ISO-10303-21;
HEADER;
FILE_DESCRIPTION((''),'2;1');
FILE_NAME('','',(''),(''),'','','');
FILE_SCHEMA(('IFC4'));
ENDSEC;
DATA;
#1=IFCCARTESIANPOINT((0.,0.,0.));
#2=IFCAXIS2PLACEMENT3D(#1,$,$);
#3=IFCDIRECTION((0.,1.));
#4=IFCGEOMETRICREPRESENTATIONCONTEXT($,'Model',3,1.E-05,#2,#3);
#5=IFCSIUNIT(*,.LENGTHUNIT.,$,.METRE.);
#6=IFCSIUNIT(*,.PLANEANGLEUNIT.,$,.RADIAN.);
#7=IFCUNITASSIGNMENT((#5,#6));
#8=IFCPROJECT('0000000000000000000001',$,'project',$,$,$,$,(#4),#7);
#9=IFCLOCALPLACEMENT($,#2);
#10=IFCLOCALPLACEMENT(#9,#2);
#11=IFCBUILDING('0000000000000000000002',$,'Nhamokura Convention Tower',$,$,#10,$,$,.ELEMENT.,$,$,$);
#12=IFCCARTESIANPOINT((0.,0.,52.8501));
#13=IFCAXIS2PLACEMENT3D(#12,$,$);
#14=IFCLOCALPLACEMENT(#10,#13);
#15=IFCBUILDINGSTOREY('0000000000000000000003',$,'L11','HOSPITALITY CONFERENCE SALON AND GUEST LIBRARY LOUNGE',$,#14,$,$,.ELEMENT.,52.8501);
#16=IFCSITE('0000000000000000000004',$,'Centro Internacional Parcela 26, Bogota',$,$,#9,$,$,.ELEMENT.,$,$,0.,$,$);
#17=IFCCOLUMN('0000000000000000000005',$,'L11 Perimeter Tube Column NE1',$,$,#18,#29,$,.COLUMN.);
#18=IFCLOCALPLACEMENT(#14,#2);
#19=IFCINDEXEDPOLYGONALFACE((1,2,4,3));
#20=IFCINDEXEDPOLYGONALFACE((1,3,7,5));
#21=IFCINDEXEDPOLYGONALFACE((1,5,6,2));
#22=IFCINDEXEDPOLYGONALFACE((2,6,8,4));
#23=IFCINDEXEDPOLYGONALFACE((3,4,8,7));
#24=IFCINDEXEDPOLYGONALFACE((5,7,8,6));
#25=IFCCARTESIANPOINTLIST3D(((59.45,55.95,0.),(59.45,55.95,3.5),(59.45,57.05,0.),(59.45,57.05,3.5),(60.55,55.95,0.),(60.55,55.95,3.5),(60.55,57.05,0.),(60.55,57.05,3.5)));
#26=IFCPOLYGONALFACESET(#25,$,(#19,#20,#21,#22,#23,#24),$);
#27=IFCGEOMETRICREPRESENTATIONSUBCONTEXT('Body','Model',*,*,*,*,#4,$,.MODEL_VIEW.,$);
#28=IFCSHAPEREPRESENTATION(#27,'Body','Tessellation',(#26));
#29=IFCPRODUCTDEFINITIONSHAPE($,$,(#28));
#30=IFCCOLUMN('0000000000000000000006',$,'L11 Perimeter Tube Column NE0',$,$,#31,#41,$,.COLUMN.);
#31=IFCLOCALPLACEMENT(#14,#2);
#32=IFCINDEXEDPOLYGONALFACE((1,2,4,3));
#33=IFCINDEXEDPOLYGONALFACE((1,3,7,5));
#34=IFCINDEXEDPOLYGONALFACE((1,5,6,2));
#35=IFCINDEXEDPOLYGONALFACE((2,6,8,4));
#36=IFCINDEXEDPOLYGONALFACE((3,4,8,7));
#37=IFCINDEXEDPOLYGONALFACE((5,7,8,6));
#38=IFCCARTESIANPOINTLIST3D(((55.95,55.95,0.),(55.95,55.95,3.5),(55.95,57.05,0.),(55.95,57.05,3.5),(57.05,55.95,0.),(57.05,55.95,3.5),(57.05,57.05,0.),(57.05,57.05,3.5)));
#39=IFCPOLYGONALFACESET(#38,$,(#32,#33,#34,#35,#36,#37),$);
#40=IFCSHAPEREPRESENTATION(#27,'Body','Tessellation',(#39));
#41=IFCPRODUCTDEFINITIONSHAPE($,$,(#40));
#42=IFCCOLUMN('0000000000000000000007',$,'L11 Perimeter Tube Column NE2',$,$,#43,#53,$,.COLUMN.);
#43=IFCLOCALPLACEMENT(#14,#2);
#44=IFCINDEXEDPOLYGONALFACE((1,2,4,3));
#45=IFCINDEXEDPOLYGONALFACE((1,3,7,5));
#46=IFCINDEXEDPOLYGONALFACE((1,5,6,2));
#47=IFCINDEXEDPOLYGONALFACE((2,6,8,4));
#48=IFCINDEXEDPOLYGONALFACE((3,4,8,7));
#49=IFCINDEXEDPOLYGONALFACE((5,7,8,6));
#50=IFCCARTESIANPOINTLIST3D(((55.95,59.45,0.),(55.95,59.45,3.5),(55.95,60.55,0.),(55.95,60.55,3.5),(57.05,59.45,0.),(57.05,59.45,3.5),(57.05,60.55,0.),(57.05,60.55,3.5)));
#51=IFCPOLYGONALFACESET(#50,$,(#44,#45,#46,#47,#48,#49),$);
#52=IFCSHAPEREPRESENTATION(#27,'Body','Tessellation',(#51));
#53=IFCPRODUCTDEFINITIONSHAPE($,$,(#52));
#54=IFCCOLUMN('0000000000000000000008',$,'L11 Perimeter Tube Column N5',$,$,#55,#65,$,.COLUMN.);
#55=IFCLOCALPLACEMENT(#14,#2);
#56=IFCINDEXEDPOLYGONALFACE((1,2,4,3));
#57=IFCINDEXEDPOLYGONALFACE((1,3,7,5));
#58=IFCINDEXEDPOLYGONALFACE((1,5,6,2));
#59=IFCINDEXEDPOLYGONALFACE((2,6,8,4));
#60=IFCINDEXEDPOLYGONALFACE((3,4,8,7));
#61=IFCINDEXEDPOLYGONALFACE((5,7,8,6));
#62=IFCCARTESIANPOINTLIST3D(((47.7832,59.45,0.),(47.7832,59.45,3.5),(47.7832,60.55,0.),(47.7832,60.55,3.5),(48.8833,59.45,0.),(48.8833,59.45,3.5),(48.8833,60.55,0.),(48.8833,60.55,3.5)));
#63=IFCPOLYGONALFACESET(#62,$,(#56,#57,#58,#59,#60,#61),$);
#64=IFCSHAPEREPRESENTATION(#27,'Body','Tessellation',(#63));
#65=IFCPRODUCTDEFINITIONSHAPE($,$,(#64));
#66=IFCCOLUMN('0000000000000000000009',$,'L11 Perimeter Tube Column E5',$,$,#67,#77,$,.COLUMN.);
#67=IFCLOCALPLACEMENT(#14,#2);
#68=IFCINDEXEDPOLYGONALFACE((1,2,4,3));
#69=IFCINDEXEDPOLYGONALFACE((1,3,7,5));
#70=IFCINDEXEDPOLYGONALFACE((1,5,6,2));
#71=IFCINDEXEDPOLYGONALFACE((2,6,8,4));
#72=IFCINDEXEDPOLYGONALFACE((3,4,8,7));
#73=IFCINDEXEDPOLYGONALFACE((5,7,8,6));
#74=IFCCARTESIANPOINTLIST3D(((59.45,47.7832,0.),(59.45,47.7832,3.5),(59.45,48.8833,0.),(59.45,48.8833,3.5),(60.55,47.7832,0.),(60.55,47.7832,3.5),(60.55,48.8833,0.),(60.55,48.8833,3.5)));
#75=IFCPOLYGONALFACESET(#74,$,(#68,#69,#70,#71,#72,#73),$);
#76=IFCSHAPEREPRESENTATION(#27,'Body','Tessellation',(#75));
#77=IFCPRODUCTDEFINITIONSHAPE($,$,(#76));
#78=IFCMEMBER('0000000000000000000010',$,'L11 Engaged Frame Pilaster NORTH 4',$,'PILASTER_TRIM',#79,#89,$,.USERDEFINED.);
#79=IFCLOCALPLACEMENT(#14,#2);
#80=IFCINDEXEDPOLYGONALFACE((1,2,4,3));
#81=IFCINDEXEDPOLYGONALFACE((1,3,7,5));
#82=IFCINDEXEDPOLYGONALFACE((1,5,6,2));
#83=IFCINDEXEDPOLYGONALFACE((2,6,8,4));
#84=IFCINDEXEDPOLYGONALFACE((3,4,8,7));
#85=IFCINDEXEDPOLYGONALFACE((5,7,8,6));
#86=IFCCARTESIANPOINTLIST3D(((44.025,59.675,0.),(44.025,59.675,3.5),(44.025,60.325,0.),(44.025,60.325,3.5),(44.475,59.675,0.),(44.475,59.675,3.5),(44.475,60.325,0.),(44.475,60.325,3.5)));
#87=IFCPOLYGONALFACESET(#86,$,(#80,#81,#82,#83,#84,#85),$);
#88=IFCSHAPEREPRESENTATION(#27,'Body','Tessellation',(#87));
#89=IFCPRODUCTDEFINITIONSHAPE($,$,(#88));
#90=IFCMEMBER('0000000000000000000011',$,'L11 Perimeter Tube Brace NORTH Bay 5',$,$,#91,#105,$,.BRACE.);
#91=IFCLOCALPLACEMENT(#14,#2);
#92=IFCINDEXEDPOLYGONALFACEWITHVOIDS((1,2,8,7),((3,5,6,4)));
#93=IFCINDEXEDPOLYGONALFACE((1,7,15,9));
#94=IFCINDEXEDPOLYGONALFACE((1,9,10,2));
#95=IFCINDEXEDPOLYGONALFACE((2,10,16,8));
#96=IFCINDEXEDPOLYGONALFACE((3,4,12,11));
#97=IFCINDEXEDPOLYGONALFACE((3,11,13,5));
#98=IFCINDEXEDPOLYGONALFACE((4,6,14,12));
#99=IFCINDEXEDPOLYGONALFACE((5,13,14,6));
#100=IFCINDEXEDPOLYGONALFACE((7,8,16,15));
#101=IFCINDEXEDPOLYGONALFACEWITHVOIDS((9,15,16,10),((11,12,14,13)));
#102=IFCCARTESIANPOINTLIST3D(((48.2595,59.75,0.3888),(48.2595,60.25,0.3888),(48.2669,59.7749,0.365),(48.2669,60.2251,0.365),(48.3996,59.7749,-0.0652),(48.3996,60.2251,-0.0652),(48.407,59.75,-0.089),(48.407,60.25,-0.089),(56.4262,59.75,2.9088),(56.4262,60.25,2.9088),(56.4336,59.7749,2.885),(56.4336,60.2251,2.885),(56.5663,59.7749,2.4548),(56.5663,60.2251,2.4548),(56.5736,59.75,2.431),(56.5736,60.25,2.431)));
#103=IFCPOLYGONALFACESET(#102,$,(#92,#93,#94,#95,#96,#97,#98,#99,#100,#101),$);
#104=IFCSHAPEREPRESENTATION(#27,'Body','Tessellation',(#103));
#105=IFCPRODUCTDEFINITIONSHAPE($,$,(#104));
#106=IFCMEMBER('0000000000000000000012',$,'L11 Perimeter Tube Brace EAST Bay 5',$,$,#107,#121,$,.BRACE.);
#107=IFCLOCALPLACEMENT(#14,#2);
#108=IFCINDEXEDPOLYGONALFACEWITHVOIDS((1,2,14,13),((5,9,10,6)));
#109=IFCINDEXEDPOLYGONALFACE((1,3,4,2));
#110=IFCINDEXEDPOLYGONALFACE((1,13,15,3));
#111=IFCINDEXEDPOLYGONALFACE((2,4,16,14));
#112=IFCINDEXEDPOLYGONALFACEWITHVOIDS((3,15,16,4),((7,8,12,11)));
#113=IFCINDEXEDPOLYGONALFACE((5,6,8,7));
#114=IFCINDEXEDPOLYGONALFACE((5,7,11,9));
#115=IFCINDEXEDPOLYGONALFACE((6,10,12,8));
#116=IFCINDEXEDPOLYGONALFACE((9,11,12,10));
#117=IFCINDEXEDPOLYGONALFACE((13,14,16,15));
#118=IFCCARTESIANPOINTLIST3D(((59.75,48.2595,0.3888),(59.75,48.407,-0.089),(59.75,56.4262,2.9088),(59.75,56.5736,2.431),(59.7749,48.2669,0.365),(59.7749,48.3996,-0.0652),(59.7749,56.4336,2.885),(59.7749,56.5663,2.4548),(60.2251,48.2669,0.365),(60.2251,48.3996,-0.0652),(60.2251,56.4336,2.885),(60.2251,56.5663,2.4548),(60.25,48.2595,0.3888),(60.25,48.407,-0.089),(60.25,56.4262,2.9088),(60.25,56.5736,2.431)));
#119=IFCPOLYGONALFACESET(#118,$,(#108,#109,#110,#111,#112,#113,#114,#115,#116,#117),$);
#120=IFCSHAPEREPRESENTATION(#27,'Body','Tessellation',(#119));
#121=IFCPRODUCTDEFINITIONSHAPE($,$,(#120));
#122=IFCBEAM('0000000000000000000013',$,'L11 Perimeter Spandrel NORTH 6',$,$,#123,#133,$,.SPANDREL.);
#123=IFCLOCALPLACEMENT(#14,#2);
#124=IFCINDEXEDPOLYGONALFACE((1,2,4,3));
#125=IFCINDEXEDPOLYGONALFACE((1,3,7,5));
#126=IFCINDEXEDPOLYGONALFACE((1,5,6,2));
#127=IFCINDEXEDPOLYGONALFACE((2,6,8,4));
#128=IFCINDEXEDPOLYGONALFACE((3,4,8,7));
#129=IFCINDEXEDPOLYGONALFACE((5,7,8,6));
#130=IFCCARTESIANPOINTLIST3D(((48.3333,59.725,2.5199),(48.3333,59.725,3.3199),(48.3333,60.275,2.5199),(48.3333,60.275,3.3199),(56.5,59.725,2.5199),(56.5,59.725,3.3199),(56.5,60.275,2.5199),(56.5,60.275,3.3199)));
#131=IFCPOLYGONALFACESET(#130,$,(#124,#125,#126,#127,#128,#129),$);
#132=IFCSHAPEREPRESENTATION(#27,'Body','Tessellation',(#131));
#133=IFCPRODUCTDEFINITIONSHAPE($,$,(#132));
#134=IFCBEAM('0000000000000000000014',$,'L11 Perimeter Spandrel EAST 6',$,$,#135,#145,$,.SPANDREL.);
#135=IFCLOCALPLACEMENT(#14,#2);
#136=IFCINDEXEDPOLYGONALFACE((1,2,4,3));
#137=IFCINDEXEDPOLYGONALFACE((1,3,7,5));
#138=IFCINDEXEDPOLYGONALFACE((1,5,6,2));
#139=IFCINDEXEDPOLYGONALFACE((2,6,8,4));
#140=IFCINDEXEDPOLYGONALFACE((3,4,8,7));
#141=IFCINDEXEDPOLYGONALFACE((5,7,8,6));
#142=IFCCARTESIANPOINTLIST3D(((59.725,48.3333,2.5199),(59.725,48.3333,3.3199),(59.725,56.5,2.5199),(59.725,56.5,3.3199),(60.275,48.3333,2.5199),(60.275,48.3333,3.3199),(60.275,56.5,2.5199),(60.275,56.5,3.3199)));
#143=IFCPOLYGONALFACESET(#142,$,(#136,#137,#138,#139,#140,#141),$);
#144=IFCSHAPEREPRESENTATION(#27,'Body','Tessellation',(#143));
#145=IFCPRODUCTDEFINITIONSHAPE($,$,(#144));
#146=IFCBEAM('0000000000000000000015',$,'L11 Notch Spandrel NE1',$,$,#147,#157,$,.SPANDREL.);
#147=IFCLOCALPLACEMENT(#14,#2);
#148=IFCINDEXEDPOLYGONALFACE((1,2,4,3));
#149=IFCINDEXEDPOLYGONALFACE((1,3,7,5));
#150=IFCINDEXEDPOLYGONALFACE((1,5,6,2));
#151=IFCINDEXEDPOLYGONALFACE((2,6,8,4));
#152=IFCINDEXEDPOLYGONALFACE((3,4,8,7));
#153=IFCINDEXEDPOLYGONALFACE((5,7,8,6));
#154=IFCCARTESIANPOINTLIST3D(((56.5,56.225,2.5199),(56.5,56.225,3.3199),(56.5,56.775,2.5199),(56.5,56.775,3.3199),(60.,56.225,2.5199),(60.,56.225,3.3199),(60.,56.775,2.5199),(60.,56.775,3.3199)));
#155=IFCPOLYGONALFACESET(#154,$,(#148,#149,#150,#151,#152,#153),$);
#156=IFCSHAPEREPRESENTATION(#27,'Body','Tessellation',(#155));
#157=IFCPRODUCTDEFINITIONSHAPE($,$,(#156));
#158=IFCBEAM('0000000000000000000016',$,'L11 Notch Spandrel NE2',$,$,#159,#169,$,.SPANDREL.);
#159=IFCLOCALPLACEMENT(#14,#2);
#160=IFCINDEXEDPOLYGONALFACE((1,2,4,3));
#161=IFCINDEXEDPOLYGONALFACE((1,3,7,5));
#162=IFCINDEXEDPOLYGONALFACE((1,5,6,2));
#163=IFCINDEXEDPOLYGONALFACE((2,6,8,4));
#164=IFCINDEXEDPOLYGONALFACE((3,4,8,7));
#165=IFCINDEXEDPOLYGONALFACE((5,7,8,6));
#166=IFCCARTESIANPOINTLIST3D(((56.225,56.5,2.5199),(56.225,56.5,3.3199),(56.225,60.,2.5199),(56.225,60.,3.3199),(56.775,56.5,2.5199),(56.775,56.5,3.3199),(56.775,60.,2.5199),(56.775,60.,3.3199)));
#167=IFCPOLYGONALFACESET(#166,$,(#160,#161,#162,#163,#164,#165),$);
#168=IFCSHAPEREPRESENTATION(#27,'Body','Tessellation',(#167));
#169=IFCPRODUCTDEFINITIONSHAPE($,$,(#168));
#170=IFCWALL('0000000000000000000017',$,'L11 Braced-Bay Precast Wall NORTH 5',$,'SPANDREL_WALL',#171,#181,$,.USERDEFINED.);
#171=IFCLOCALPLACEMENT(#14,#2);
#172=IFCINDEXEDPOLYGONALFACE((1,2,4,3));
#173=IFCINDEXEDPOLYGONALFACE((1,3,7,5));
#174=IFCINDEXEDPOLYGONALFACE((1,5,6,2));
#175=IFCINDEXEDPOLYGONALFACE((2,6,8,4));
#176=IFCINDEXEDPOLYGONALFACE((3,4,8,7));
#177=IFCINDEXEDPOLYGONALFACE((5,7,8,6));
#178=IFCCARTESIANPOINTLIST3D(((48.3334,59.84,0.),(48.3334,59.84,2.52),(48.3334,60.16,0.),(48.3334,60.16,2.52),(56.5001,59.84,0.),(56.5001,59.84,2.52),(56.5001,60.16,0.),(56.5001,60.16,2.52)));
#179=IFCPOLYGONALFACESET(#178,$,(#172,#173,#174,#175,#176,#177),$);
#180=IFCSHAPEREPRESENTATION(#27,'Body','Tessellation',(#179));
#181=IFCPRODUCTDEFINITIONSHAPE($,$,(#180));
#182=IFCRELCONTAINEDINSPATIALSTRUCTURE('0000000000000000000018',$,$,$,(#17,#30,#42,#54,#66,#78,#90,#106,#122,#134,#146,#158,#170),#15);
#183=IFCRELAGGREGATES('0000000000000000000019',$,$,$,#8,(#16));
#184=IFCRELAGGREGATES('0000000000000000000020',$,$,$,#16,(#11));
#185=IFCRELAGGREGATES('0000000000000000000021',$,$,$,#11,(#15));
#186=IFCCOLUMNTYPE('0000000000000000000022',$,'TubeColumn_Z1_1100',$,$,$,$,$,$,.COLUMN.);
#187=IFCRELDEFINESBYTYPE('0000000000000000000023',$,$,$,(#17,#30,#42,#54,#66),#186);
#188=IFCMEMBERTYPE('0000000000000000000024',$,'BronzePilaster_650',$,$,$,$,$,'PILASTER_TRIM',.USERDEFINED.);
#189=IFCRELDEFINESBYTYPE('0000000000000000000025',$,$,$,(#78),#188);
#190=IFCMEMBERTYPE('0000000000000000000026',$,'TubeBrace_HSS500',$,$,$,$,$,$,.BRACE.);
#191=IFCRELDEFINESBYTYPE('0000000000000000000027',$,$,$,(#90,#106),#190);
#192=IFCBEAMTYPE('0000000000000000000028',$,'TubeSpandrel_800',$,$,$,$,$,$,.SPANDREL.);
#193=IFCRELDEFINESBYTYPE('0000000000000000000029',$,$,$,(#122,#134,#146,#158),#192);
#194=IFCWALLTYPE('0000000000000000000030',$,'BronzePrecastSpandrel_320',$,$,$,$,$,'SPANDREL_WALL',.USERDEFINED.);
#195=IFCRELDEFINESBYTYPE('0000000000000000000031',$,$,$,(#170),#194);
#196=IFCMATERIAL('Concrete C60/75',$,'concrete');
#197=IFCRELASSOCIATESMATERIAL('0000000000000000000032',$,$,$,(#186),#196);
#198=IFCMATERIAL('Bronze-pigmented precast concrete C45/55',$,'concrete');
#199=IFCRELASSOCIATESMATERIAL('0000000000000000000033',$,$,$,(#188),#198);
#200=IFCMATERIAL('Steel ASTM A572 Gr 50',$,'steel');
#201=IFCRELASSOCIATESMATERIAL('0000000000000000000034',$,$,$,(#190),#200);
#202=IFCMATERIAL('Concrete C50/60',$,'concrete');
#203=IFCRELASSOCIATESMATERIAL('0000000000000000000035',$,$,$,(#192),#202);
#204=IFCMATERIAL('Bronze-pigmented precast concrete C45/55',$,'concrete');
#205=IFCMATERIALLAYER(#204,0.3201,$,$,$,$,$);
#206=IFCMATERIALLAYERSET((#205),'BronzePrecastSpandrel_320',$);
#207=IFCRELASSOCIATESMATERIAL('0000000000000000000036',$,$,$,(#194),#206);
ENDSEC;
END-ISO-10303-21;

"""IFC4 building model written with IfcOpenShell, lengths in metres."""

from ifc_helpers import new_model, si_unit, direction, frame, frame_2d, origin, origin_2d, place, context, subcontext, project, spatial, rectangle, hollow_rectangle, extrude, material, layer, layer_set, material_profile, profile_set, type_object, element, save


model = new_model("IFC4")

# Units and contexts
model_context = context("Model", 3, precision=1e-05, world=origin(), true_north=direction((0.0, 1.0)))
body_context = subcontext(model_context, "Body", "Model", "MODEL_VIEW")
ifc_project = project(units=[si_unit("LENGTHUNIT", "METRE"), si_unit("PLANEANGLEUNIT", "RADIAN")], contexts=[model_context])

# Site, building, storey
site_placement = place(None, origin())
site = spatial("IfcSite", under=ifc_project, at=site_placement, Name="Centro Internacional Parcela 26, Bogota", CompositionType="ELEMENT", RefElevation=0.0)
building_placement = place(site_placement, origin())
building = spatial("IfcBuilding", under=site, at=building_placement, Name="Nhamokura Convention Tower", CompositionType="ELEMENT")
storey_placement = place(building_placement, frame((0.0, 0.0, 52.8501)))
storey = spatial("IfcBuildingStorey", under=building, at=storey_placement, Name="L11", Description="HOSPITALITY CONFERENCE SALON AND GUEST LIBRARY LOUNGE", CompositionType="ELEMENT", Elevation=52.8501)

# Columns
ifc_material_1 = material(Name="Concrete C60/75", Category="concrete")
ifc_material_profile_1 = material_profile(ifc_material_1, rectangle(XDim=1.1001, YDim=1.1001, at=origin_2d()))
ifc_profile_set_1 = profile_set([ifc_material_profile_1], Name="Concrete C60/75")
column_type = type_object("IfcColumnType", Name="TubeColumn_Z1_1100", PredefinedType="COLUMN", material=ifc_profile_set_1)
for number, where, z_axis, x_axis, name in (
    (1, (60.0, 56.5, 0.0), (0.0, 0.0, 1.0), (1.0, 0.0, 0.0), "L11 Perimeter Tube Column NE1"),
    (2, (56.5, 56.5, 0.0), (0.0, 0.0, 1.0), (1.0, 0.0, 0.0), "L11 Perimeter Tube Column NE0"),
    (3, (56.5, 60.0, 0.0), (0.0, 0.0, 1.0), (1.0, 0.0, 0.0), "L11 Perimeter Tube Column NE2"),
    (4, (48.3333, 60.0, 0.0), (0.0, 0.0, 1.0), (1.0, 0.0, 0.0), "L11 Perimeter Tube Column N5"),
    (5, (60.0, 48.3333, 0.0), (0.0, 0.0, 1.0), (1.0, 0.0, 0.0), "L11 Perimeter Tube Column E5"),
):
    element("IfcColumn", number, at=place(storey_placement, frame(where, z_axis=z_axis, x_axis=x_axis)), inside=storey, type_object=column_type, Name=name, PredefinedType="COLUMN", context=body_context, shape_type="SweptSolid", body=[
        extrude(rectangle(XDim=1.1001, YDim=1.1001, at=origin_2d()), origin(), (0.0, 0.0, 1.0), 3.5),
    ])

# Members
ifc_material_2 = material(Name="Bronze-pigmented precast concrete C45/55", Category="concrete")
ifc_material_profile_2 = material_profile(ifc_material_2, rectangle(XDim=0.45, YDim=0.6499, at=origin_2d()))
ifc_profile_set_2 = profile_set([ifc_material_profile_2], Name="Bronze-pigmented precast concrete C45/55")
member_type_1 = type_object("IfcMemberType", Name="BronzePilaster_650", ElementType="PILASTER_TRIM", PredefinedType="USERDEFINED", material=ifc_profile_set_2)
member_placement = place(storey_placement, frame((44.25, 60.0, 0.0), z_axis=(0.0, 0.0, 1.0), x_axis=(1.0, 0.0, 0.0)))
element("IfcMember", 6, at=member_placement, inside=storey, type_object=member_type_1, Name="L11 Engaged Frame Pilaster NORTH 4", ObjectType="PILASTER_TRIM", PredefinedType="USERDEFINED", context=body_context, shape_type="SweptSolid", body=[
    extrude(rectangle(XDim=0.45, YDim=0.6499, at=origin_2d()), origin(), (0.0, 0.0, 1.0), 3.5),
])
ifc_material_3 = material(Name="Steel ASTM A572 Gr 50", Category="steel")
ifc_material_profile_3 = material_profile(ifc_material_3, hollow_rectangle(XDim=0.5, YDim=0.5, WallThickness=0.0249, at=origin_2d()))
ifc_profile_set_3 = profile_set([ifc_material_profile_3], Name="Steel ASTM A572 Gr 50")
member_type_2 = type_object("IfcMemberType", Name="TubeBrace_HSS500", PredefinedType="BRACE", material=ifc_profile_set_3)
for number, where, z_axis, x_axis, name in (
    (7, (48.3333, 60.0, 0.1499), (0.955543, 0.0, 0.294853), (0.0, 1.0, 0.0), "L11 Perimeter Tube Brace NORTH Bay 5"),
    (8, (60.0, 48.3333, 0.1499), (0.0, 0.955543, 0.294853), (-1.0, 0.0, 0.0), "L11 Perimeter Tube Brace EAST Bay 5"),
):
    element("IfcMember", number, at=place(storey_placement, frame(where, z_axis=z_axis, x_axis=x_axis)), inside=storey, type_object=member_type_2, Name=name, PredefinedType="BRACE", context=body_context, shape_type="SweptSolid", body=[
        extrude(hollow_rectangle(XDim=0.5, YDim=0.5, WallThickness=0.0249, at=origin_2d()), origin(), (0.0, 0.0, 1.0), 8.5466),
    ])

# Beams
ifc_material_4 = material(Name="Concrete C50/60", Category="concrete")
ifc_material_profile_4 = material_profile(ifc_material_4, rectangle(XDim=0.55, YDim=0.8, at=origin_2d()))
ifc_profile_set_4 = profile_set([ifc_material_profile_4], Name="Concrete C50/60")
beam_type = type_object("IfcBeamType", Name="TubeSpandrel_800", PredefinedType="SPANDREL", material=ifc_profile_set_4)
for number, where, z_axis, x_axis, name in (
    (9, (48.3333, 60.0, 2.9199), (1.0, 0.0, 0.0), (0.0, 1.0, 0.0), "L11 Perimeter Spandrel NORTH 6"),
    (10, (60.0, 48.3333, 2.9199), (0.0, 1.0, 0.0), (-1.0, 0.0, 0.0), "L11 Perimeter Spandrel EAST 6"),
):
    element("IfcBeam", number, at=place(storey_placement, frame(where, z_axis=z_axis, x_axis=x_axis)), inside=storey, type_object=beam_type, Name=name, PredefinedType="SPANDREL", context=body_context, shape_type="SweptSolid", body=[
        extrude(rectangle(XDim=0.55, YDim=0.8, at=origin_2d()), origin(), (0.0, 0.0, 1.0), 8.1667),
    ])
for number, where, z_axis, x_axis, name in (
    (11, (60.0, 56.5, 2.9199), (-1.0, 0.0, 0.0), (0.0, -1.0, 0.0), "L11 Notch Spandrel NE1"),
    (12, (56.5, 56.5, 2.9199), (0.0, 1.0, 0.0), (-1.0, 0.0, 0.0), "L11 Notch Spandrel NE2"),
):
    element("IfcBeam", number, at=place(storey_placement, frame(where, z_axis=z_axis, x_axis=x_axis)), inside=storey, type_object=beam_type, Name=name, PredefinedType="SPANDREL", context=body_context, shape_type="SweptSolid", body=[
        extrude(rectangle(XDim=0.55, YDim=0.8, at=origin_2d()), origin(), (0.0, 0.0, 1.0), 3.5),
    ])

# Wall
ifc_material_5 = material(Name="Bronze-pigmented precast concrete C45/55", Category="concrete")
ifc_layer = layer(ifc_material_5, 0.3201)
ifc_layer_set = layer_set([ifc_layer], Name="BronzePrecastSpandrel_320")
wall_type = type_object("IfcWallType", Name="BronzePrecastSpandrel_320", ElementType="SPANDREL_WALL", PredefinedType="USERDEFINED", material=ifc_layer_set)
wall_1_placement = place(storey_placement, frame((48.3333, 60.0, 0.0), z_axis=(0.0, 0.0, 1.0), x_axis=(1.0, 0.0, 0.0)))
element("IfcWall", 13, at=wall_1_placement, inside=storey, type_object=wall_type, Name="L11 Braced-Bay Precast Wall NORTH 5", ObjectType="SPANDREL_WALL", PredefinedType="USERDEFINED", context=body_context, shape_type="SweptSolid", body=[
    extrude(rectangle(XDim=8.1667, YDim=0.3201, at=frame_2d((4.0835, 0.0))), origin(), (0.0, 0.0, 1.0), 2.52),
])

save(model, "model.ifc")
